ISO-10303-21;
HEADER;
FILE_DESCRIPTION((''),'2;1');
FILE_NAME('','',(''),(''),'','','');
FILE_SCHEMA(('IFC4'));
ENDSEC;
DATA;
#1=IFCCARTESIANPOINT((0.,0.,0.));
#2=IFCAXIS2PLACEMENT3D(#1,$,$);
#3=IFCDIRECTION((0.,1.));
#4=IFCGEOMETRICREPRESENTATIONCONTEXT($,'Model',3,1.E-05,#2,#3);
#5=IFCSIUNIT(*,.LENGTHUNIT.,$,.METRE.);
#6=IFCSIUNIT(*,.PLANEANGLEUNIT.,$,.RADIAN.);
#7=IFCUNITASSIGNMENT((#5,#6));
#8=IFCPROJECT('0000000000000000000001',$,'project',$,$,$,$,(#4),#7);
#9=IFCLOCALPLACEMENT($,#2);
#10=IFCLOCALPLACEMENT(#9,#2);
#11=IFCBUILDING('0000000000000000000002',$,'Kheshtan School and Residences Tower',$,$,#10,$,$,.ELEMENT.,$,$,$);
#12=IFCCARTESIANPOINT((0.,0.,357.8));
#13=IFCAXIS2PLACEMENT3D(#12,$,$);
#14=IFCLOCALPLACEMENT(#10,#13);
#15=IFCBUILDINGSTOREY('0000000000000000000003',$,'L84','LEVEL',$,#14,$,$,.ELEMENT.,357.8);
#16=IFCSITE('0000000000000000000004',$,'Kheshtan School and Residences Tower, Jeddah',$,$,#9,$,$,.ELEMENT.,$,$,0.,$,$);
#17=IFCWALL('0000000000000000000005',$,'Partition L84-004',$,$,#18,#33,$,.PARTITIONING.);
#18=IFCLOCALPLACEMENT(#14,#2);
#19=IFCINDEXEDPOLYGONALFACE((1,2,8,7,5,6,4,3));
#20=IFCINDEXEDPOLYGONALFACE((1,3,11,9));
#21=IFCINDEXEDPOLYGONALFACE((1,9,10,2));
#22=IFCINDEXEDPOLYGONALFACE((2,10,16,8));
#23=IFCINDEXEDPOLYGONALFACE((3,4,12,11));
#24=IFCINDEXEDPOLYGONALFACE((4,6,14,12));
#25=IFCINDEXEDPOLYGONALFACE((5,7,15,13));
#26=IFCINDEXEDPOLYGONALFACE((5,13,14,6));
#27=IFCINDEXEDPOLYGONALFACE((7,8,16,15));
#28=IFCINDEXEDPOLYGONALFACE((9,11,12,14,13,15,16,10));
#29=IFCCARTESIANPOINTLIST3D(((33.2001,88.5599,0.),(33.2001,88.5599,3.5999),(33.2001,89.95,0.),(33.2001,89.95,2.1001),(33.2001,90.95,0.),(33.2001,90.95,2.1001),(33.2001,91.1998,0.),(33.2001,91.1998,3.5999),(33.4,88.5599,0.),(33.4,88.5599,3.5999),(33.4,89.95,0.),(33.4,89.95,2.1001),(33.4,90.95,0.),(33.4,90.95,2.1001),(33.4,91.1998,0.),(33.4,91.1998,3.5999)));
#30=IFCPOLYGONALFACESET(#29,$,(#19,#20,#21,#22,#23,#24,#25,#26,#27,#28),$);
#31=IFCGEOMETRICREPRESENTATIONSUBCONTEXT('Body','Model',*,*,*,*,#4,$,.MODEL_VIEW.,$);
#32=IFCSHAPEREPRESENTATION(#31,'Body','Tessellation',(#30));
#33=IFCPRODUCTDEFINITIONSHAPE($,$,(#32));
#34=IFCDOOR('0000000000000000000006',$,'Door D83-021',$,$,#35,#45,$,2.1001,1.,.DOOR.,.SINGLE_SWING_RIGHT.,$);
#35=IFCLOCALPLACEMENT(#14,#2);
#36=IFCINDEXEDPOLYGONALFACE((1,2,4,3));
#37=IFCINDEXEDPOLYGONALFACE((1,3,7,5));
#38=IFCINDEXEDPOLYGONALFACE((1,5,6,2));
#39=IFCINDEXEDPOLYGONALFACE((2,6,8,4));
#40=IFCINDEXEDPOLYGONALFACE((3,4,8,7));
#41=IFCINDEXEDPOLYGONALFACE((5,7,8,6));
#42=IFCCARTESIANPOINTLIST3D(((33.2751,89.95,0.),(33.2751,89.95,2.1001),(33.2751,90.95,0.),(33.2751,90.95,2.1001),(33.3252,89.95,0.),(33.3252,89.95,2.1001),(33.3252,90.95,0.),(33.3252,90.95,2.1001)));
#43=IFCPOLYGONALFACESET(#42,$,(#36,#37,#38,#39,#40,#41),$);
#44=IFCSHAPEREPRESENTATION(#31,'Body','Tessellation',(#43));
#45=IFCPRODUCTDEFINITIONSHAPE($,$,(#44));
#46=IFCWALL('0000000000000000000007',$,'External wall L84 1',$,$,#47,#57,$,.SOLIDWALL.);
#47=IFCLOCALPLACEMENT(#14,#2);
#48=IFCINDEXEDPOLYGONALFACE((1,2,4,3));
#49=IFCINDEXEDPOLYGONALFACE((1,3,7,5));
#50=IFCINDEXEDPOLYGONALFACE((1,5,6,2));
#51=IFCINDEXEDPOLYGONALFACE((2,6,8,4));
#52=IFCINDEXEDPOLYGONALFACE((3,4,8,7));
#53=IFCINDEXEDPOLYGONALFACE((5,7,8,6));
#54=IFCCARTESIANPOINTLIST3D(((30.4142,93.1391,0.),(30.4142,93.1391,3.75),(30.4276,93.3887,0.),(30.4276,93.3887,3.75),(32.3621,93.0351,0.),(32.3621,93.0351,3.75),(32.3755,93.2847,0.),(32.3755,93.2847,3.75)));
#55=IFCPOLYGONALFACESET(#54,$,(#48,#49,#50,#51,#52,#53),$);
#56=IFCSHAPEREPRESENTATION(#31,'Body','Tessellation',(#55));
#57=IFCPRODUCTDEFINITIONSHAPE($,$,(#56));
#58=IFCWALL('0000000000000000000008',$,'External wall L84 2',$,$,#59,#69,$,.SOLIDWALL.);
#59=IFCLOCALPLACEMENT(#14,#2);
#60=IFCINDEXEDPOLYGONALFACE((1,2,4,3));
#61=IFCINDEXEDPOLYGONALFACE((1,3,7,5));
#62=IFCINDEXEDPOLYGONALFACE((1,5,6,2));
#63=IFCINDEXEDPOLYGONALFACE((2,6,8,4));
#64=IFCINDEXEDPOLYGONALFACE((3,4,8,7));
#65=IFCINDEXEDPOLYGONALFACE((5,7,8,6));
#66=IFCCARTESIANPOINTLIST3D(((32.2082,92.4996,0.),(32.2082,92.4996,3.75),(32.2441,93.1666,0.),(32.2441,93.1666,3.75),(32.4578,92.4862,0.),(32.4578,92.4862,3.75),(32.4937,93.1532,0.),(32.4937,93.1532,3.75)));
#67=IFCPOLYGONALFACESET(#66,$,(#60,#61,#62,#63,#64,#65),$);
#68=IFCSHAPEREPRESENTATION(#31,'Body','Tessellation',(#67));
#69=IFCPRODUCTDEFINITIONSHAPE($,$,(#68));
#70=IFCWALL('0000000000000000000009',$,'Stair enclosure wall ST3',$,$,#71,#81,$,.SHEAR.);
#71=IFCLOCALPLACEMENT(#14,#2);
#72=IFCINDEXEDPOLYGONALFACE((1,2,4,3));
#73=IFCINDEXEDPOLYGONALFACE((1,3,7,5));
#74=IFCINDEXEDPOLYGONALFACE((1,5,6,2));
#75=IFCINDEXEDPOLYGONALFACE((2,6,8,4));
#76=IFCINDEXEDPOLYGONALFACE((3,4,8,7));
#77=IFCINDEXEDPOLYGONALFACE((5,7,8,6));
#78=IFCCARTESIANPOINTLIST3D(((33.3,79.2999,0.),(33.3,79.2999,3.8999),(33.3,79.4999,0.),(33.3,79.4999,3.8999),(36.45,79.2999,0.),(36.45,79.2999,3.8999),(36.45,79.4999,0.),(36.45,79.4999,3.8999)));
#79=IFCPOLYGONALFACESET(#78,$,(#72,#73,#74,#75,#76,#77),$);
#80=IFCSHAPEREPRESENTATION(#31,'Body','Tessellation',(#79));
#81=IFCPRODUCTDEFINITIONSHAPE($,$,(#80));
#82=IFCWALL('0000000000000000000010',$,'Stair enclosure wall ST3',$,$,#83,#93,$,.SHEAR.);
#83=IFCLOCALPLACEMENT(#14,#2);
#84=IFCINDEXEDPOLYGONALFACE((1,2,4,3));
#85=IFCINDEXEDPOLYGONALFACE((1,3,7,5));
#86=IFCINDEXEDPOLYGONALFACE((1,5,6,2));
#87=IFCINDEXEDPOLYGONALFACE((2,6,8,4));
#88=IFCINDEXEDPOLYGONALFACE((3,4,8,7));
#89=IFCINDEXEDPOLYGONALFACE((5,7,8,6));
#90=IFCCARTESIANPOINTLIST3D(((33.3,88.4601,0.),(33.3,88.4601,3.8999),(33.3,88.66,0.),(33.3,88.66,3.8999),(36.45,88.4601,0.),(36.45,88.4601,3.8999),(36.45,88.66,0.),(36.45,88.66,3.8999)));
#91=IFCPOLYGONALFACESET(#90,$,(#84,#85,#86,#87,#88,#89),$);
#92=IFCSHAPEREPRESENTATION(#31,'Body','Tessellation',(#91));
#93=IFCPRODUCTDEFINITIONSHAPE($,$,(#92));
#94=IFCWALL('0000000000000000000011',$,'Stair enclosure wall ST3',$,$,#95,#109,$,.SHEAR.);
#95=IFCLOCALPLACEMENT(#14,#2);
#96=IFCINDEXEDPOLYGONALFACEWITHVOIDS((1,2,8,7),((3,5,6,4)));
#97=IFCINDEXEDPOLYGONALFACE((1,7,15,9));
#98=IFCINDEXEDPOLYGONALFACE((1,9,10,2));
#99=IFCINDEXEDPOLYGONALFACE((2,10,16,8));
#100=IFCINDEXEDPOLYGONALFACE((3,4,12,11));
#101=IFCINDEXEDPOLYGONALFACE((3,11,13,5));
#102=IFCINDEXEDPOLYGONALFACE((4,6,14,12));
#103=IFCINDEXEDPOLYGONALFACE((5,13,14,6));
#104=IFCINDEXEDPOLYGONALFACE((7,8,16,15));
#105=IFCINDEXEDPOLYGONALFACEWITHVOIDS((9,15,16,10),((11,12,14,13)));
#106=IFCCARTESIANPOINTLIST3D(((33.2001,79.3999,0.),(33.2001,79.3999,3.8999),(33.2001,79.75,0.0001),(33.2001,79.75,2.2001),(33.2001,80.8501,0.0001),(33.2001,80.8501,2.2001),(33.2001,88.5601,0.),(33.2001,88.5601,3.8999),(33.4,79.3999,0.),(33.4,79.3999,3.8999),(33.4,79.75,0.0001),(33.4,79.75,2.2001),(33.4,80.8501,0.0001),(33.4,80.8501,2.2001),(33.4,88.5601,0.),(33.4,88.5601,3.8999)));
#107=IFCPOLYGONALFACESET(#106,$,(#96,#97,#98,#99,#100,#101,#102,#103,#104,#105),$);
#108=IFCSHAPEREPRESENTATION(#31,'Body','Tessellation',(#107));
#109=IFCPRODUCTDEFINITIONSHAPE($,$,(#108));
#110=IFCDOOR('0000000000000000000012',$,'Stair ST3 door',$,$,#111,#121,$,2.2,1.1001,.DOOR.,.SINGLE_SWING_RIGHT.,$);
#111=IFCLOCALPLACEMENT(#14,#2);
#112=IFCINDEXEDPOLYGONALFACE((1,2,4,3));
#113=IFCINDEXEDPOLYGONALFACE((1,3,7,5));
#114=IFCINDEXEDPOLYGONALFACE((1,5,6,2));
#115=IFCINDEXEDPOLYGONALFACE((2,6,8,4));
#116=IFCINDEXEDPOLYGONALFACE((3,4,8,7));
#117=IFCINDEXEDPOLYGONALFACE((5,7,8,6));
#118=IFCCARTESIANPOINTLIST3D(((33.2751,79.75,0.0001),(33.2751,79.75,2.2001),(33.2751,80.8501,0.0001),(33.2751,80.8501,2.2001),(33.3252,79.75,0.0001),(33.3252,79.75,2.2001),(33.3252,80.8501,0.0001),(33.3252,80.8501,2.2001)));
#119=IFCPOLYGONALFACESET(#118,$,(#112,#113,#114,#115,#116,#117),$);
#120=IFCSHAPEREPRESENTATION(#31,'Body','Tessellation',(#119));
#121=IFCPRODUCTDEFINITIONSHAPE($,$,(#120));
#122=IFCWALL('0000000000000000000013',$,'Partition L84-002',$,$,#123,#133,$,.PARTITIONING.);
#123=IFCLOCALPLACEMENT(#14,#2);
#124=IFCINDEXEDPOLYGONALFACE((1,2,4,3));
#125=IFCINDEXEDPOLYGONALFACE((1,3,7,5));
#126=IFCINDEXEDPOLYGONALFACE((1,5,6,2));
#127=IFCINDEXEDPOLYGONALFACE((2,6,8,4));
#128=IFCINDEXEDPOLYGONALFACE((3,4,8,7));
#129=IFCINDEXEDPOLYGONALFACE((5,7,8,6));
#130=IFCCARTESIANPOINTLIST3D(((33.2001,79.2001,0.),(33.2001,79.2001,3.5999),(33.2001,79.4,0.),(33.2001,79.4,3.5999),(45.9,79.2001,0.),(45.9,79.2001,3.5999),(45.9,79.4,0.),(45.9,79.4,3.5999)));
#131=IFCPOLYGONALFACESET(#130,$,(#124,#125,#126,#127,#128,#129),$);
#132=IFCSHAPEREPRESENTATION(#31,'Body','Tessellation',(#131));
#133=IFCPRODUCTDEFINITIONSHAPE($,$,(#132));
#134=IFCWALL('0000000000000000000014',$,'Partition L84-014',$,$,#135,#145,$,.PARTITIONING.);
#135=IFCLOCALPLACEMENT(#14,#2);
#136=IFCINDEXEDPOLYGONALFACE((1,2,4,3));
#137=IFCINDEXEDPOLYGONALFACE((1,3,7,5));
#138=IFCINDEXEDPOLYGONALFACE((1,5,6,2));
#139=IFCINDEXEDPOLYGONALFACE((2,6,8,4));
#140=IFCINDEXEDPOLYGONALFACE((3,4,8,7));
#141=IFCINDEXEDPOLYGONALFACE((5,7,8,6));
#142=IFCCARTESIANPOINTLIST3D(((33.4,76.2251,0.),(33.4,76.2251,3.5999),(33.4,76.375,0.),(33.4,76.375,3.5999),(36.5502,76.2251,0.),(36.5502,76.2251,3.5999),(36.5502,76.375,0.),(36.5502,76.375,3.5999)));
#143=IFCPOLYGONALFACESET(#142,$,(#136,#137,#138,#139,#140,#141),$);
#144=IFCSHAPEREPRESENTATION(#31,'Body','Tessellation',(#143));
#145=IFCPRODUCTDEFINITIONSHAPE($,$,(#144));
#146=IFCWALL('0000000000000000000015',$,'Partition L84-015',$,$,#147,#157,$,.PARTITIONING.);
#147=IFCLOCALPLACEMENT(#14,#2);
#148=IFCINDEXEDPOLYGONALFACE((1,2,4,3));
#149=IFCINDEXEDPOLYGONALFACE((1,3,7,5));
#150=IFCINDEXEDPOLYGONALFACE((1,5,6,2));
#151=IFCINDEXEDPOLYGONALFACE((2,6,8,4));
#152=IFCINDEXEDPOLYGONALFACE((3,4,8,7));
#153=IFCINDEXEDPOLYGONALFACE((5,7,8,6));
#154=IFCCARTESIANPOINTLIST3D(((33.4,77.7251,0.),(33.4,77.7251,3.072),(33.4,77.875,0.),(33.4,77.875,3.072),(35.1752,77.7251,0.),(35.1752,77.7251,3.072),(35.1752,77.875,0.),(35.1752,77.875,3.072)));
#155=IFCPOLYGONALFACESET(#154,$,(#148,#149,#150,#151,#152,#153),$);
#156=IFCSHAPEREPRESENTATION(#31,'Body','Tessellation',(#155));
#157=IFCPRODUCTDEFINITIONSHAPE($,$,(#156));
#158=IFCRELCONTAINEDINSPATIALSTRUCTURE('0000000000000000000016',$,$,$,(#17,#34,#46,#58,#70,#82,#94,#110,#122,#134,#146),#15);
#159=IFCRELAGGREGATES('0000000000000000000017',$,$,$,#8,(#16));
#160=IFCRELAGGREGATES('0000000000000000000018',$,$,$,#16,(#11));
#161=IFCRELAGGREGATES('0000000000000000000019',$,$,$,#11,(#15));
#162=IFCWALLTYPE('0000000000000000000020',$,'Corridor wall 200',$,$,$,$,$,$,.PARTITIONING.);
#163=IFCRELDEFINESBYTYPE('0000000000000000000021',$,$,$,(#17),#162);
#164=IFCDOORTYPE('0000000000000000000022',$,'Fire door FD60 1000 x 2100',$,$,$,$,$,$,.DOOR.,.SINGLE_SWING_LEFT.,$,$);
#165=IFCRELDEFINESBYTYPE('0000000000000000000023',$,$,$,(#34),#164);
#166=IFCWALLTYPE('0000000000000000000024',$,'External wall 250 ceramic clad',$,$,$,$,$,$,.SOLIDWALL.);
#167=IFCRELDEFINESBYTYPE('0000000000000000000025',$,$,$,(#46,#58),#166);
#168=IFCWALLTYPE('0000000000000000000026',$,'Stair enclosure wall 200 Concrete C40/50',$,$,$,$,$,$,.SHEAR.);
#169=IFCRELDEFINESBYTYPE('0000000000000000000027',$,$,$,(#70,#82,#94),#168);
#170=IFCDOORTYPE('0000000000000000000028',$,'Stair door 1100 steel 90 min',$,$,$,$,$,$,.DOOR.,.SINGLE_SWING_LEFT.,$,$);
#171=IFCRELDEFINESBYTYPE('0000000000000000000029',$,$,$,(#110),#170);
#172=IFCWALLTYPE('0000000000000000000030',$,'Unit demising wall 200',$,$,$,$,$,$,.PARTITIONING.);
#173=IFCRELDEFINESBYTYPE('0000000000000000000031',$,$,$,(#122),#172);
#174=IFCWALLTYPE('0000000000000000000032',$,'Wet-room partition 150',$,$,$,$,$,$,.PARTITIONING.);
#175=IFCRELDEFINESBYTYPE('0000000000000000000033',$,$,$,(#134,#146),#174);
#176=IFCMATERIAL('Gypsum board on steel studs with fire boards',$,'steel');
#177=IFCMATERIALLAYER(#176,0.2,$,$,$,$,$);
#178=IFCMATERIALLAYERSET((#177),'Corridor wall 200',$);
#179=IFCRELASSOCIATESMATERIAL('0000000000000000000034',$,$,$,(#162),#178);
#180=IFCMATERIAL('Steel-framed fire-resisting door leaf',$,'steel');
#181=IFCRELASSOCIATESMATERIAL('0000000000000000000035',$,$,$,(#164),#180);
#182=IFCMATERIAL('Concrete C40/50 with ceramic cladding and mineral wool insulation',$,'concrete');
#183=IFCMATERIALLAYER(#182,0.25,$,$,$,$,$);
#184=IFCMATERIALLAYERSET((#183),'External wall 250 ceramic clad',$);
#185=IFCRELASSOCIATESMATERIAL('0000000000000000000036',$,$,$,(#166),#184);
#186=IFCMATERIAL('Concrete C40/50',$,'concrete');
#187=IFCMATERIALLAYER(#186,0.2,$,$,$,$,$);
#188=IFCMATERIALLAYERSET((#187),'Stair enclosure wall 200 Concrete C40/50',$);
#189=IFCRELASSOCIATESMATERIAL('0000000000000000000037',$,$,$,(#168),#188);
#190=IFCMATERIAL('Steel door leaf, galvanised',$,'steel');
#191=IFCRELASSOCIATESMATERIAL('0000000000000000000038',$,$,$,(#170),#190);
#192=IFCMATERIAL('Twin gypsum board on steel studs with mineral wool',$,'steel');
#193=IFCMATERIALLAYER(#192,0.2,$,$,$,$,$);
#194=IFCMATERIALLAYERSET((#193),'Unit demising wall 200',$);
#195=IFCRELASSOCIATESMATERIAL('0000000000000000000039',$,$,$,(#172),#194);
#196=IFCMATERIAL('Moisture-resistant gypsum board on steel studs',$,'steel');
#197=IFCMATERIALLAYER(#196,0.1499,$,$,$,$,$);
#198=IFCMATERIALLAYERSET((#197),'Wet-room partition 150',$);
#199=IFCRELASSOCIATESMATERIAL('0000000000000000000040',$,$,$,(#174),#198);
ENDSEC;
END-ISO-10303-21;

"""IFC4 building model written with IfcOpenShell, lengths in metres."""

from ifc_helpers import new_model, si_unit, direction, frame, frame_2d, origin, place, context, subcontext, project, spatial, rectangle, extrude, source, transform, mapped, material, layer, layer_set, type_object, element, fill, save


model = new_model("IFC4")

# Units and contexts
model_context = context("Model", 3, precision=1e-05, world=origin(), true_north=direction((0.0, 1.0)))
body_context = subcontext(model_context, "Body", "Model", "MODEL_VIEW")
ifc_project = project(units=[si_unit("LENGTHUNIT", "METRE"), si_unit("PLANEANGLEUNIT", "RADIAN")], contexts=[model_context])

# Site, building, storey
site_placement = place(None, origin())
site = spatial("IfcSite", under=ifc_project, at=site_placement, Name="Kheshtan School and Residences Tower, Jeddah", CompositionType="ELEMENT", RefElevation=0.0)
building_placement = place(site_placement, origin())
building = spatial("IfcBuilding", under=site, at=building_placement, Name="Kheshtan School and Residences Tower", CompositionType="ELEMENT")
storey_placement = place(building_placement, frame((0.0, 0.0, 357.8)))
storey = spatial("IfcBuildingStorey", under=building, at=storey_placement, Name="L84", Description="LEVEL", CompositionType="ELEMENT", Elevation=357.8)

# Shared definitions
ifc_material_1 = material(Name="Gypsum board on steel studs with fire boards", Category="steel")
ifc_layer_1 = layer(ifc_material_1, 0.2)
ifc_layer_set_1 = layer_set([ifc_layer_1], Name="Corridor wall 200")
wall_type_1 = type_object("IfcWallType", Name="Corridor wall 200", PredefinedType="PARTITIONING", material=ifc_layer_set_1)

# Wall, opening, door
wall_1_placement = place(storey_placement, frame((33.3, 88.5601, 0.0), z_axis=(0.0, 0.0, 1.0), x_axis=(0.0, 1.0, 0.0)))
wall_1 = element("IfcWall", 1, at=wall_1_placement, inside=storey, type_object=wall_type_1, Name="Partition L84-004", PredefinedType="PARTITIONING", context=body_context, shape_type="SweptSolid", body=[
    extrude(rectangle(XDim=2.6399, YDim=0.2, at=frame_2d((1.3198, 0.0))), origin(), (0.0, 0.0, 1.0), 3.5999),
])
opening_1_placement = place(wall_1_placement, frame((1.3899, 0.0, 0.0)))
opening_1 = element("IfcOpeningElement", 2, at=opening_1_placement, cuts=wall_1, PredefinedType="OPENING", context=body_context, shape_type="SweptSolid", body=[
    extrude(rectangle(XDim=1.0, YDim=2.1001, at=frame_2d((0.5, 1.05))), frame((0.0, 0.1099, 0.0), z_axis=(0.0, -1.0, 0.0), x_axis=(1.0, 0.0, 0.0)), (0.0, 0.0, 1.0), 0.22),
])
ifc_material_2 = material(Name="Steel-framed fire-resisting door leaf", Category="steel")
door_type_1 = type_object("IfcDoorType", Name="Fire door FD60 1000 x 2100", OperationType="SINGLE_SWING_LEFT", PredefinedType="DOOR", material=ifc_material_2)
shared_shape_1 = source(origin(), body_context, "Body", "SweptSolid", [
    extrude(rectangle(XDim=1.0, YDim=2.1001, at=frame_2d((0.5, 1.05))), frame((0.0, 0.0249, 0.0), z_axis=(0.0, -1.0, 0.0), x_axis=(1.0, 0.0, 0.0)), (0.0, 0.0, 1.0), 0.05),
])
door_1_placement = place(opening_1_placement, origin())
door_1 = element("IfcDoor", 3, at=door_1_placement, inside=storey, type_object=door_type_1, Name="Door D83-021", OperationType="SINGLE_SWING_RIGHT", OverallHeight=2.1001, OverallWidth=1.0, PredefinedType="DOOR", context=body_context, shape_type="MappedRepresentation", body=[
    mapped(shared_shape_1, transform((0.0, 0.0, 0.0), x_axis=(1.0, 0.0, 0.0), y_axis=(0.0, 1.0, 0.0), z_axis=(0.0, 0.0, 1.0), scale=1.0)),
])
fill(opening_1, door_1)

# Walls
ifc_material_3 = material(Name="Concrete C40/50 with ceramic cladding and mineral wool insulation", Category="concrete")
ifc_layer_2 = layer(ifc_material_3, 0.25)
ifc_layer_set_2 = layer_set([ifc_layer_2], Name="External wall 250 ceramic clad")
wall_type_2 = type_object("IfcWallType", Name="External wall 250 ceramic clad", PredefinedType="SOLIDWALL", material=ifc_layer_set_2)
wall_2_placement = place(storey_placement, frame((30.4209, 93.2639, 0.0), z_axis=(0.0, 0.0, 1.0), x_axis=(0.998578, -0.053314, 0.0)))
element("IfcWall", 4, at=wall_2_placement, inside=storey, type_object=wall_type_2, Name="External wall L84 1", PredefinedType="SOLIDWALL", context=body_context, shape_type="SweptSolid", body=[
    extrude(rectangle(XDim=1.9507, YDim=0.25, at=frame_2d((0.9753, 0.0))), origin(), (0.0, 0.0, 1.0), 3.75),
])
wall_3_placement = place(storey_placement, frame((32.3689, 93.1599, 0.0), z_axis=(0.0, 0.0, 1.0), x_axis=(-0.053729, -0.998556, 0.0)))
element("IfcWall", 5, at=wall_3_placement, inside=storey, type_object=wall_type_2, Name="External wall L84 2", PredefinedType="SOLIDWALL", context=body_context, shape_type="SweptSolid", body=[
    extrude(rectangle(XDim=0.668, YDim=0.25, at=frame_2d((0.334, 0.0))), origin(), (0.0, 0.0, 1.0), 3.75),
])
ifc_material_4 = material(Name="Concrete C40/50", Category="concrete")
ifc_layer_3 = layer(ifc_material_4, 0.2)
ifc_layer_set_3 = layer_set([ifc_layer_3], Name="Stair enclosure wall 200 Concrete C40/50")
wall_type_3 = type_object("IfcWallType", Name="Stair enclosure wall 200 Concrete C40/50", PredefinedType="SHEAR", material=ifc_layer_set_3)
for number, where, z_axis, x_axis, name in (
    (6, (33.3, 79.3999, 0.0), (0.0, 0.0, 1.0), (1.0, 0.0, 0.0), "Stair enclosure wall ST3"),
    (7, (33.3, 88.5601, 0.0), (0.0, 0.0, 1.0), (1.0, 0.0, 0.0), "Stair enclosure wall ST3"),
):
    element("IfcWall", number, at=place(storey_placement, frame(where, z_axis=z_axis, x_axis=x_axis)), inside=storey, type_object=wall_type_3, Name=name, PredefinedType="SHEAR", context=body_context, shape_type="SweptSolid", body=[
        extrude(rectangle(XDim=3.1499, YDim=0.2, at=frame_2d((1.575, 0.0))), origin(), (0.0, 0.0, 1.0), 3.8999),
    ])

# Wall, opening, door
wall_4_placement = place(storey_placement, frame((33.3, 79.3999, 0.0), z_axis=(0.0, 0.0, 1.0), x_axis=(0.0, 1.0, 0.0)))
wall_4 = element("IfcWall", 8, at=wall_4_placement, inside=storey, type_object=wall_type_3, Name="Stair enclosure wall ST3", PredefinedType="SHEAR", context=body_context, shape_type="SweptSolid", body=[
    extrude(rectangle(XDim=9.1602, YDim=0.2, at=frame_2d((4.5801, 0.0))), origin(), (0.0, 0.0, 1.0), 3.8999),
])
opening_2_placement = place(wall_4_placement, frame((0.3501, 0.0, 0.0)))
opening_2 = element("IfcOpeningElement", 9, at=opening_2_placement, cuts=wall_4, PredefinedType="OPENING", context=body_context, shape_type="SweptSolid", body=[
    extrude(rectangle(XDim=1.1001, YDim=2.2, at=frame_2d((0.55, 1.1001))), frame((0.0, 0.1099, 0.0), z_axis=(0.0, -1.0, 0.0), x_axis=(1.0, 0.0, 0.0)), (0.0, 0.0, 1.0), 0.22),
])
ifc_material_5 = material(Name="Steel door leaf, galvanised", Category="steel")
door_type_2 = type_object("IfcDoorType", Name="Stair door 1100 steel 90 min", OperationType="SINGLE_SWING_LEFT", PredefinedType="DOOR", material=ifc_material_5)
shared_shape_2 = source(origin(), body_context, "Body", "SweptSolid", [
    extrude(rectangle(XDim=1.1001, YDim=2.2, at=frame_2d((0.55, 1.1001))), frame((0.0, 0.0249, 0.0), z_axis=(0.0, -1.0, 0.0), x_axis=(1.0, 0.0, 0.0)), (0.0, 0.0, 1.0), 0.05),
])
door_2_placement = place(opening_2_placement, origin())
door_2 = element("IfcDoor", 10, at=door_2_placement, inside=storey, type_object=door_type_2, Name="Stair ST3 door", OperationType="SINGLE_SWING_RIGHT", OverallHeight=2.2, OverallWidth=1.1001, PredefinedType="DOOR", context=body_context, shape_type="MappedRepresentation", body=[
    mapped(shared_shape_2, transform((0.0, 0.0, 0.0), x_axis=(1.0, 0.0, 0.0), y_axis=(0.0, 1.0, 0.0), z_axis=(0.0, 0.0, 1.0), scale=1.0)),
])
fill(opening_2, door_2)

# Walls
ifc_material_6 = material(Name="Twin gypsum board on steel studs with mineral wool", Category="steel")
ifc_layer_4 = layer(ifc_material_6, 0.2)
ifc_layer_set_4 = layer_set([ifc_layer_4], Name="Unit demising wall 200")
wall_type_4 = type_object("IfcWallType", Name="Unit demising wall 200", PredefinedType="PARTITIONING", material=ifc_layer_set_4)
wall_5_placement = place(storey_placement, frame((33.2, 79.3, 0.0), z_axis=(0.0, 0.0, 1.0), x_axis=(1.0, 0.0, 0.0)))
element("IfcWall", 11, at=wall_5_placement, inside=storey, type_object=wall_type_4, Name="Partition L84-002", PredefinedType="PARTITIONING", context=body_context, shape_type="SweptSolid", body=[
    extrude(rectangle(XDim=12.7, YDim=0.2, at=frame_2d((6.3501, 0.0))), origin(), (0.0, 0.0, 1.0), 3.5999),
])
ifc_material_7 = material(Name="Moisture-resistant gypsum board on steel studs", Category="steel")
ifc_layer_5 = layer(ifc_material_7, 0.1499)
ifc_layer_set_5 = layer_set([ifc_layer_5], Name="Wet-room partition 150")
wall_type_5 = type_object("IfcWallType", Name="Wet-room partition 150", PredefinedType="PARTITIONING", material=ifc_layer_set_5)
wall_6_placement = place(storey_placement, frame((33.3999, 76.3, 0.0), z_axis=(0.0, 0.0, 1.0), x_axis=(1.0, 0.0, 0.0)))
element("IfcWall", 12, at=wall_6_placement, inside=storey, type_object=wall_type_5, Name="Partition L84-014", PredefinedType="PARTITIONING", context=body_context, shape_type="SweptSolid", body=[
    extrude(rectangle(XDim=3.1501, YDim=0.1499, at=frame_2d((1.5752, 0.0))), origin(), (0.0, 0.0, 1.0), 3.5999),
])
wall_7_placement = place(storey_placement, frame((33.3999, 77.8, 0.0), z_axis=(0.0, 0.0, 1.0), x_axis=(1.0, 0.0, 0.0)))
element("IfcWall", 13, at=wall_7_placement, inside=storey, type_object=wall_type_5, Name="Partition L84-015", PredefinedType="PARTITIONING", context=body_context, shape_type="SweptSolid", body=[
    extrude(rectangle(XDim=1.7751, YDim=0.1499, at=frame_2d((0.8877, 0.0))), origin(), (0.0, 0.0, 1.0), 3.072),
])

save(model, "model.ifc")
